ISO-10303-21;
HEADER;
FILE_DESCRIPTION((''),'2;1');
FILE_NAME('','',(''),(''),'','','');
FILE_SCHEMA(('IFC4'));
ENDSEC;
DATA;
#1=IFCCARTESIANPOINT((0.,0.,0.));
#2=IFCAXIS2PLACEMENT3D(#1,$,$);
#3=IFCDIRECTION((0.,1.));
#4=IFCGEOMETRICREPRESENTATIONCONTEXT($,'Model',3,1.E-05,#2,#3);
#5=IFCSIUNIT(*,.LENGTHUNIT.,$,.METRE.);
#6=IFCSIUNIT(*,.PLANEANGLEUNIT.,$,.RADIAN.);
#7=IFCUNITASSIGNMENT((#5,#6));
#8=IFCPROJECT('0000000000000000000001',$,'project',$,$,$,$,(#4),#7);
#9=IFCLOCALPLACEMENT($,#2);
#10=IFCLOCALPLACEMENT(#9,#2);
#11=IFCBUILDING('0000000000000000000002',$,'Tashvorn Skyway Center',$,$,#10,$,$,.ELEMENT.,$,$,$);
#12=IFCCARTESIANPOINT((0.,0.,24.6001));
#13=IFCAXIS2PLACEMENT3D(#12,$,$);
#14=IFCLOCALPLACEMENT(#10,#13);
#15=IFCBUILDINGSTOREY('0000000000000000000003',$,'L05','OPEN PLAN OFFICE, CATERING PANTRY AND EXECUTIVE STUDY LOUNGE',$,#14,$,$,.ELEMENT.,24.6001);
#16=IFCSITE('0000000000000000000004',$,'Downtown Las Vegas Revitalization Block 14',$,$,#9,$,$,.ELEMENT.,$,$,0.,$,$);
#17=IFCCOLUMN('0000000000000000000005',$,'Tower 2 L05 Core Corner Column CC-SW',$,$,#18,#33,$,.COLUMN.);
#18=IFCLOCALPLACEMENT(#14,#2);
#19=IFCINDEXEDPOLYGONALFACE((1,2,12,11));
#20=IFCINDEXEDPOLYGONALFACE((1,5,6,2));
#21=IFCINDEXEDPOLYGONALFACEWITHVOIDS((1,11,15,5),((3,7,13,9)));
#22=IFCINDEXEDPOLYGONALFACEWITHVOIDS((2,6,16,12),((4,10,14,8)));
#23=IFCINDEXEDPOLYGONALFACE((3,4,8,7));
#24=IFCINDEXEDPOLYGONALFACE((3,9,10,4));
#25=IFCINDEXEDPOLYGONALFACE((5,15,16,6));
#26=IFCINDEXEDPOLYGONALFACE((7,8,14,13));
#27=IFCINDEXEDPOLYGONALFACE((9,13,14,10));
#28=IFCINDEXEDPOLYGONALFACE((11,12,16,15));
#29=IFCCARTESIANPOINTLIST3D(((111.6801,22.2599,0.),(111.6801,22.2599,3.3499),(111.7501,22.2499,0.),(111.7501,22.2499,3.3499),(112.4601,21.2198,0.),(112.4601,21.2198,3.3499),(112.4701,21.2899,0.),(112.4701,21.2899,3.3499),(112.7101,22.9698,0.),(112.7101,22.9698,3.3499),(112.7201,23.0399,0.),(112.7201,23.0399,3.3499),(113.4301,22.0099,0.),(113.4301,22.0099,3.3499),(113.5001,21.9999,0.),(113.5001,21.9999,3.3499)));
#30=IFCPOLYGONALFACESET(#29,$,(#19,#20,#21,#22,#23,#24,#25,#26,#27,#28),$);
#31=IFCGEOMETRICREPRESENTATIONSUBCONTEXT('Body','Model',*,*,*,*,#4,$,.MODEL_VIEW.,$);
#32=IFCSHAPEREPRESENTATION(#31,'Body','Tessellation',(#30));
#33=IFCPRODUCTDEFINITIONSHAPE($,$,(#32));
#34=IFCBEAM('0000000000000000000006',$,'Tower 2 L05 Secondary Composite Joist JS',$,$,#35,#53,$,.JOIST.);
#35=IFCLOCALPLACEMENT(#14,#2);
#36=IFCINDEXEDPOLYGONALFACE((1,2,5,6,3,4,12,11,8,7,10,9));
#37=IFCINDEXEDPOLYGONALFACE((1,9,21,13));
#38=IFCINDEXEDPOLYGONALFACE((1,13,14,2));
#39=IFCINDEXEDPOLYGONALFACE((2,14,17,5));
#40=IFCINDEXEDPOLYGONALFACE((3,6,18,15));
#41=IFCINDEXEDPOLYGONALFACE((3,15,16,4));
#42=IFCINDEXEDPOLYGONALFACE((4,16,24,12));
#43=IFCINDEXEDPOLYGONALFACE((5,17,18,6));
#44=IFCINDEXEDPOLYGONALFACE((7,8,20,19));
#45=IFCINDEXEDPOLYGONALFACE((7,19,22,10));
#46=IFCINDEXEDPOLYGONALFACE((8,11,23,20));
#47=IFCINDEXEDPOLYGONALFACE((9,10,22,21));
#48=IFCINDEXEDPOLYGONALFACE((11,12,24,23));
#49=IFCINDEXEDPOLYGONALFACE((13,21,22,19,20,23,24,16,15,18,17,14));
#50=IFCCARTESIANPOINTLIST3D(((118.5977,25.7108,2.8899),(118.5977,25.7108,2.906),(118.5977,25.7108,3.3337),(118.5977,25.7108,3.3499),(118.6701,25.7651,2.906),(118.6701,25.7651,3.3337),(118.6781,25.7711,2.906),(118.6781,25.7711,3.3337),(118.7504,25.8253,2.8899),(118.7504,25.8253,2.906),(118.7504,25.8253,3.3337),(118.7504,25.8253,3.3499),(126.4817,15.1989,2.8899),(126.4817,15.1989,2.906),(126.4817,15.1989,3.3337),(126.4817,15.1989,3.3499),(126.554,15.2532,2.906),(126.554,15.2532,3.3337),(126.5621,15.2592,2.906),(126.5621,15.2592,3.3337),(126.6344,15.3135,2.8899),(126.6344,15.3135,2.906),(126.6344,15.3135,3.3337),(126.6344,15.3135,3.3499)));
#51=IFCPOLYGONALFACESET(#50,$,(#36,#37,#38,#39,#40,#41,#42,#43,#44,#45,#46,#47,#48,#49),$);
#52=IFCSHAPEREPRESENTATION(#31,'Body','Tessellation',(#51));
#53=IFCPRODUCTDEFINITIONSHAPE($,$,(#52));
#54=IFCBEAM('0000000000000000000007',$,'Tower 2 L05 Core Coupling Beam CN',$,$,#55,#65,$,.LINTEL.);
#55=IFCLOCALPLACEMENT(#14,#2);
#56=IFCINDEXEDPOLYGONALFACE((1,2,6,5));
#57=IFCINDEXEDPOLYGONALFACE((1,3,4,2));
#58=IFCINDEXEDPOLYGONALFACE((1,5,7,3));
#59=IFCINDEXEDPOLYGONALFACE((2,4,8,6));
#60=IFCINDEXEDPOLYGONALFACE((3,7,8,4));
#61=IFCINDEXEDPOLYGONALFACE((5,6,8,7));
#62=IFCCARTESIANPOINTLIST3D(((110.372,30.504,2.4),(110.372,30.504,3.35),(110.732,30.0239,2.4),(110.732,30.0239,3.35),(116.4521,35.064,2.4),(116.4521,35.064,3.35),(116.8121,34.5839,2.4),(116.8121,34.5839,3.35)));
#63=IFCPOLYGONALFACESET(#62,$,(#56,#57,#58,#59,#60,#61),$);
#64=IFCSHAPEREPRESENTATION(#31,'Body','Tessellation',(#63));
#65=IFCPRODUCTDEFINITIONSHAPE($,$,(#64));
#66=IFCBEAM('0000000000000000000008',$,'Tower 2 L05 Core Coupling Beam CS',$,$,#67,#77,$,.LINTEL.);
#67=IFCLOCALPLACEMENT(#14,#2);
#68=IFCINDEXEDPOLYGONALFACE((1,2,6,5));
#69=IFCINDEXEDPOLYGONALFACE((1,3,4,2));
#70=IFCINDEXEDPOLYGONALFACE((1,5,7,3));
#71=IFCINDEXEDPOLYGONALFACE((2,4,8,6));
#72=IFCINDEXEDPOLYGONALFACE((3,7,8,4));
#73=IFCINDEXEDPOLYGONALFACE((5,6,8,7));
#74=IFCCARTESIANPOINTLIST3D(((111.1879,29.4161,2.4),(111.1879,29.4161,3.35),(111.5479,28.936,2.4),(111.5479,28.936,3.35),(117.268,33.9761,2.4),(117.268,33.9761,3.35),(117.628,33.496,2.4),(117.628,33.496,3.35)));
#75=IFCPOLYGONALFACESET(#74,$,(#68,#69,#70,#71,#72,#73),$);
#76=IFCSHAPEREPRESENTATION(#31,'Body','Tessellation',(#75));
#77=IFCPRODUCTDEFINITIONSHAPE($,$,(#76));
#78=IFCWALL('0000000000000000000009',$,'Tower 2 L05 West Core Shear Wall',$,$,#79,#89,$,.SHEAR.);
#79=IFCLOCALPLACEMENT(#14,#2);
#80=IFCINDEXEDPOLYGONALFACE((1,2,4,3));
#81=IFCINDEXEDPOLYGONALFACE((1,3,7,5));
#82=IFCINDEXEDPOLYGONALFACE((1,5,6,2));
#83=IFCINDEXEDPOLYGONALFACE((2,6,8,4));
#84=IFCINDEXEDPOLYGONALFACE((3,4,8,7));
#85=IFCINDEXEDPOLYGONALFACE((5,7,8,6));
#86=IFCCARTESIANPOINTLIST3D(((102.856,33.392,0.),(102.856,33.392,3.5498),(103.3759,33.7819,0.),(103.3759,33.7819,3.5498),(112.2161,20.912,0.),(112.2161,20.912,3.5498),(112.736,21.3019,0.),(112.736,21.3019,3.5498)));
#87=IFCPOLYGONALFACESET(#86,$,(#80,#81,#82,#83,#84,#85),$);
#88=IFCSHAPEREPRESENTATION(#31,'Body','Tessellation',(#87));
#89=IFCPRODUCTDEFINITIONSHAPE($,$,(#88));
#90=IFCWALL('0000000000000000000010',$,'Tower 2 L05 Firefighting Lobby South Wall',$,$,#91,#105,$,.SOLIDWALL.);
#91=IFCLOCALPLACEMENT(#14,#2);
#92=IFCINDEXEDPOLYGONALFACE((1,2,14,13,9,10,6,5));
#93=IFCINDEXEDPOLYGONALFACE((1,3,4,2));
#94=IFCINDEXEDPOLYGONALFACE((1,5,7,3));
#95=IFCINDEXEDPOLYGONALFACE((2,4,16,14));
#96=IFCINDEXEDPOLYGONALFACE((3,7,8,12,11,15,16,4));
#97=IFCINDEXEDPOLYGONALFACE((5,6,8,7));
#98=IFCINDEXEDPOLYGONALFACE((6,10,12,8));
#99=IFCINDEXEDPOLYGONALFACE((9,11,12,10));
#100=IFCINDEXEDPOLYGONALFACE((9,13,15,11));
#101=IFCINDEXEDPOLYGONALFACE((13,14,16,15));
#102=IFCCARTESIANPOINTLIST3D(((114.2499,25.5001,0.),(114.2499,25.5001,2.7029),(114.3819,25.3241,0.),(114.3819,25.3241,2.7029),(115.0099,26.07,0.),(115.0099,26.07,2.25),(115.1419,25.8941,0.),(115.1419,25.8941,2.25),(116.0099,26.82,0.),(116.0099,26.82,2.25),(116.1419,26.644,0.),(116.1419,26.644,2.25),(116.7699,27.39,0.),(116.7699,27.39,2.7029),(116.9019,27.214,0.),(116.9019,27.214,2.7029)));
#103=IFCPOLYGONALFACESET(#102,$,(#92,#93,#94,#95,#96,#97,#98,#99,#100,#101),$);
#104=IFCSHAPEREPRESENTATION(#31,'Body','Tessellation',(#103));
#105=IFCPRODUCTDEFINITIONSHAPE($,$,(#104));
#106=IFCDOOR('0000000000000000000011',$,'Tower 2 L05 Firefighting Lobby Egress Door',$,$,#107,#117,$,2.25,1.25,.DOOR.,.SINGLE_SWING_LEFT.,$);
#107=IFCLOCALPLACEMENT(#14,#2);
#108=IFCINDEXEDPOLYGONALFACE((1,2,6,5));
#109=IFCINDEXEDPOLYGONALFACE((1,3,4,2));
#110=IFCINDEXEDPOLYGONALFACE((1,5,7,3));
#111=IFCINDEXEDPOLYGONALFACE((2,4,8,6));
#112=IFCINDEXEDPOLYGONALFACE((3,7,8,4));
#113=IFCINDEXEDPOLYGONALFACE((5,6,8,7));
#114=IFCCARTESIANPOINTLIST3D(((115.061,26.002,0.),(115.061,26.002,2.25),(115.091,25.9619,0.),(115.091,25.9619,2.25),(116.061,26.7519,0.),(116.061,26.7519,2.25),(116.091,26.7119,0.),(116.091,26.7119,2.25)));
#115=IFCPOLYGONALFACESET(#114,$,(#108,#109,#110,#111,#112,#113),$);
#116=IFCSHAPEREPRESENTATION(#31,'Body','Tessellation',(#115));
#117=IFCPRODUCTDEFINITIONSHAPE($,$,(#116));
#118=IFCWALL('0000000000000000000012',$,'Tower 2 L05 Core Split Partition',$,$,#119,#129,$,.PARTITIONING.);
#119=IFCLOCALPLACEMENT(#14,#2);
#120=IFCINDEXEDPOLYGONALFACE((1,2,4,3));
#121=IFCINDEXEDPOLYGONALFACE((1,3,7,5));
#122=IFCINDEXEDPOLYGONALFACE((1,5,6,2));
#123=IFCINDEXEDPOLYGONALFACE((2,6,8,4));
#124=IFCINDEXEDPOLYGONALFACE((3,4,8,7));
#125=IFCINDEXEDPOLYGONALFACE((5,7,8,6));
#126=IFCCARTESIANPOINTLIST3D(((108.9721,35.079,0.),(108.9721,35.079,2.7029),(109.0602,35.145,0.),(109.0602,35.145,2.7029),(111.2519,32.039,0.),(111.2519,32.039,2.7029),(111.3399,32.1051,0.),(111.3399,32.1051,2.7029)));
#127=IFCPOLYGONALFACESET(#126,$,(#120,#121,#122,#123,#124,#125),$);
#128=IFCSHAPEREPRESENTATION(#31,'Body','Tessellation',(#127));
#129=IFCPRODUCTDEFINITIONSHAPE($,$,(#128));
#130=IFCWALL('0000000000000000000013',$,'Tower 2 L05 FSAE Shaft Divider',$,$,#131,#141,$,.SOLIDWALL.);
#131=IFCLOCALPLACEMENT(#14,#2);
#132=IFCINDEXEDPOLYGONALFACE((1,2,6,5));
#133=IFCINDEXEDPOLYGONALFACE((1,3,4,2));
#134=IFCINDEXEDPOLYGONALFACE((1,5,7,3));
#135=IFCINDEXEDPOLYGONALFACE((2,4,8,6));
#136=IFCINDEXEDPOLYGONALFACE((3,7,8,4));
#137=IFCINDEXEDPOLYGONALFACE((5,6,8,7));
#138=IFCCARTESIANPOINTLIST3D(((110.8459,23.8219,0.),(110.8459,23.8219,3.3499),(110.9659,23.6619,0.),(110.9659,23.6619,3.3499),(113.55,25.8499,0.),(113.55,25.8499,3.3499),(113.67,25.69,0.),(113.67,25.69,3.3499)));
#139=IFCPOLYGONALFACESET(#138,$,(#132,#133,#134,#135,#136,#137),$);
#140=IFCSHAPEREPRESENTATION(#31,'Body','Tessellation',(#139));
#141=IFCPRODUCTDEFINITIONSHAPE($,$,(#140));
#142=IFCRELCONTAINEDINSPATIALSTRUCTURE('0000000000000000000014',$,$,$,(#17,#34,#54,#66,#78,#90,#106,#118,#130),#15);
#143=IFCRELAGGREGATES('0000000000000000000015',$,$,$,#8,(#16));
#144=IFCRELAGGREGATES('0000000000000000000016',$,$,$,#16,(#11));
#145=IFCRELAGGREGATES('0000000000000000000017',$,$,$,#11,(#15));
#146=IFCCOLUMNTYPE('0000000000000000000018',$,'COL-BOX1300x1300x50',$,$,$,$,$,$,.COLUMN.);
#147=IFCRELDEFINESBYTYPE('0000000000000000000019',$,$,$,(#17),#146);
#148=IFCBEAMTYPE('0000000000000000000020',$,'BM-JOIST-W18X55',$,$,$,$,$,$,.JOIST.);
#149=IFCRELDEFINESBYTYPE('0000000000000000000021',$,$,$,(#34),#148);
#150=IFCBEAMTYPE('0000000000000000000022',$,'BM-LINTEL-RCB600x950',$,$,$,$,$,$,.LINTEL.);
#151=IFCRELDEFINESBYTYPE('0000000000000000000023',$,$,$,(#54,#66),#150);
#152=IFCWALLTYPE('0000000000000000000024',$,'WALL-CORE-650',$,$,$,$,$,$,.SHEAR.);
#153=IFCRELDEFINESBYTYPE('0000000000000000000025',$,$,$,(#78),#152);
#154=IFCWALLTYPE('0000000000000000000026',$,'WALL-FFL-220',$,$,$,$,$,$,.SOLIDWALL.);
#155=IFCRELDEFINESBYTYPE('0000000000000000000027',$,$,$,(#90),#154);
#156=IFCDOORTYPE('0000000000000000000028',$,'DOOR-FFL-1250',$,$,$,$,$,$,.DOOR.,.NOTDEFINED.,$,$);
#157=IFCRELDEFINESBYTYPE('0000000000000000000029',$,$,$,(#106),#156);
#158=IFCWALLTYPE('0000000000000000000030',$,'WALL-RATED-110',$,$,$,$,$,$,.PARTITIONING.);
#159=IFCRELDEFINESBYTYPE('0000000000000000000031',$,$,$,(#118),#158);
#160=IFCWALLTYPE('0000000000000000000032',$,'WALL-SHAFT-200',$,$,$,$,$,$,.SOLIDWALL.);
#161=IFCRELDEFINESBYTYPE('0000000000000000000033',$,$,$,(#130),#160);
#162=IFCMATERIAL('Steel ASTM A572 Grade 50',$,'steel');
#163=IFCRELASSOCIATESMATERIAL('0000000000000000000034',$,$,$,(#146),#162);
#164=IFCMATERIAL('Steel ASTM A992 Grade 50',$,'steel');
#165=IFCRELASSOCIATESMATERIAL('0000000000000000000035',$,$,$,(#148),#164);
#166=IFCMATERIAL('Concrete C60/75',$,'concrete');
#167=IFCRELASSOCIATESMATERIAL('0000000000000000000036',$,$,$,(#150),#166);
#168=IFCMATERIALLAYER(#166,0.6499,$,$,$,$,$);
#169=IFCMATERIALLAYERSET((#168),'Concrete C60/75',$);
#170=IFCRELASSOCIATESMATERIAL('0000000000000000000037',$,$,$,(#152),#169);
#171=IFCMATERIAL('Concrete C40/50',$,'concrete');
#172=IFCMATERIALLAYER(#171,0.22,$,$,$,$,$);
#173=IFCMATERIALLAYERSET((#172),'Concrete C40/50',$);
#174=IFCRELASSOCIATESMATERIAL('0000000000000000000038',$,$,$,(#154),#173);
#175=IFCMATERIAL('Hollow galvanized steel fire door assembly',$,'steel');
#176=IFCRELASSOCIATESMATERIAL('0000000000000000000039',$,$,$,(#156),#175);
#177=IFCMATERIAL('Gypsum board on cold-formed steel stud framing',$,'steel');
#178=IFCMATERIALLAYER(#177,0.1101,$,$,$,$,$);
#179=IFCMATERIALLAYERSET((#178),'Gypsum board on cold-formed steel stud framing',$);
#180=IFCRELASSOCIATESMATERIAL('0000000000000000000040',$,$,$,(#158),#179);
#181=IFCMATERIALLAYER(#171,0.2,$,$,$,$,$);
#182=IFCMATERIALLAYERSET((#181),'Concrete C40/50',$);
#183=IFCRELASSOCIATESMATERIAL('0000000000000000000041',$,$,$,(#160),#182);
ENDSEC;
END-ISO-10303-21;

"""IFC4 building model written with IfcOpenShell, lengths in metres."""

from ifc_helpers import new_model, si_unit, direction, frame, frame_2d, origin, origin_2d, place, context, subcontext, project, spatial, rectangle, hollow_rectangle, i_section, extrude, material, layer, layer_set, material_profile, profile_set, type_object, element, fill, save


model = new_model("IFC4")

# Units and contexts
model_context = context("Model", 3, precision=1e-05, world=origin(), true_north=direction((0.0, 1.0)))
body_context = subcontext(model_context, "Body", "Model", "MODEL_VIEW")
ifc_project = project(units=[si_unit("LENGTHUNIT", "METRE"), si_unit("PLANEANGLEUNIT", "RADIAN")], contexts=[model_context])

# Site, building, storey
site_placement = place(None, origin())
site = spatial("IfcSite", under=ifc_project, at=site_placement, Name="Downtown Las Vegas Revitalization Block 14", CompositionType="ELEMENT", RefElevation=0.0)
building_placement = place(site_placement, origin())
building = spatial("IfcBuilding", under=site, at=building_placement, Name="Tashvorn Skyway Center", CompositionType="ELEMENT")
storey_placement = place(building_placement, frame((0.0, 0.0, 24.6001)))
storey = spatial("IfcBuildingStorey", under=building, at=storey_placement, Name="L05", Description="OPEN PLAN OFFICE, CATERING PANTRY AND EXECUTIVE STUDY LOUNGE", CompositionType="ELEMENT", Elevation=24.6001)

# Column
ifc_material_1 = material(Name="Steel ASTM A572 Grade 50", Category="steel")
ifc_material_profile_1 = material_profile(ifc_material_1, hollow_rectangle(XDim=1.3, YDim=1.3, WallThickness=0.05, at=origin_2d()), Name="BOX1300x1300x50")
ifc_profile_set_1 = profile_set([ifc_material_profile_1], Name="Steel ASTM A572 Grade 50")
column_type = type_object("IfcColumnType", Name="COL-BOX1300x1300x50", PredefinedType="COLUMN", material=ifc_profile_set_1)
column_placement = place(storey_placement, frame((112.5901, 22.1299, 0.0), z_axis=(0.0, 0.0, 1.0), x_axis=(0.8, 0.6, 0.0)))
element("IfcColumn", 1, at=column_placement, inside=storey, type_object=column_type, Name="Tower 2 L05 Core Corner Column CC-SW", PredefinedType="COLUMN", context=body_context, shape_type="SweptSolid", body=[
    extrude(hollow_rectangle(XDim=1.3, YDim=1.3, WallThickness=0.05, at=origin_2d()), origin(), (0.0, 0.0, 1.0), 3.3499),
])

# Beams
ifc_material_2 = material(Name="Steel ASTM A992 Grade 50", Category="steel")
ifc_material_profile_2 = material_profile(ifc_material_2, i_section(OverallWidth=0.1909, OverallDepth=0.46, WebThickness=0.01, FlangeThickness=0.0161, at=origin_2d()), Name="W18X55")
ifc_profile_set_2 = profile_set([ifc_material_profile_2], Name="Steel ASTM A992 Grade 50")
beam_type_1 = type_object("IfcBeamType", Name="BM-JOIST-W18X55", PredefinedType="JOIST", material=ifc_profile_set_2)
beam_placement = place(storey_placement, frame((118.6741, 25.7681, 3.1199), z_axis=(0.600003, -0.799998, 0.0), x_axis=(0.799998, 0.600003, 0.0)))
element("IfcBeam", 2, at=beam_placement, inside=storey, type_object=beam_type_1, Name="Tower 2 L05 Secondary Composite Joist JS", PredefinedType="JOIST", context=body_context, shape_type="SweptSolid", body=[
    extrude(i_section(OverallWidth=0.1909, OverallDepth=0.46, WebThickness=0.01, FlangeThickness=0.0161, at=origin_2d()), origin(), (0.0, 0.0, 1.0), 13.1399),
])
ifc_material_3 = material(Name="Concrete C60/75", Category="concrete")
ifc_material_profile_3 = material_profile(ifc_material_3, rectangle(XDim=0.6001, YDim=0.95, at=origin_2d()), Name="RCB600x950")
ifc_profile_set_3 = profile_set([ifc_material_profile_3], Name="Concrete C60/75")
beam_type_2 = type_object("IfcBeamType", Name="BM-LINTEL-RCB600x950", PredefinedType="LINTEL", material=ifc_profile_set_3)
for number, where, z_axis, x_axis, name in (
    (3, (110.552, 30.2639, 2.875), (0.8, 0.6, 0.0), (-0.6, 0.8, 0.0), "Tower 2 L05 Core Coupling Beam CN"),
    (4, (111.3679, 29.176, 2.875), (0.8, 0.6, 0.0), (-0.6, 0.8, 0.0), "Tower 2 L05 Core Coupling Beam CS"),
):
    element("IfcBeam", number, at=place(storey_placement, frame(where, z_axis=z_axis, x_axis=x_axis)), inside=storey, type_object=beam_type_2, Name=name, PredefinedType="LINTEL", context=body_context, shape_type="SweptSolid", body=[
        extrude(rectangle(XDim=0.6001, YDim=0.95, at=origin_2d()), origin(), (0.0, 0.0, 1.0), 7.6001),
    ])

# Wall
ifc_layer_1 = layer(ifc_material_3, 0.6499)
ifc_layer_set_1 = layer_set([ifc_layer_1], Name="Concrete C60/75")
wall_type_1 = type_object("IfcWallType", Name="WALL-CORE-650", PredefinedType="SHEAR", material=ifc_layer_set_1)
wall_1_placement = place(storey_placement, frame((112.4761, 21.1069, 0.0), z_axis=(0.0, 0.0, 1.0), x_axis=(-0.600005, 0.799996, 0.0)))
element("IfcWall", 5, at=wall_1_placement, inside=storey, type_object=wall_type_1, Name="Tower 2 L05 West Core Shear Wall", PredefinedType="SHEAR", context=body_context, shape_type="SweptSolid", body=[
    extrude(rectangle(XDim=15.6001, YDim=0.6499, at=frame_2d((7.8, 0.0))), origin(), (0.0, 0.0, 1.0), 3.5498),
])

# Wall, opening, door
ifc_material_4 = material(Name="Concrete C40/50", Category="concrete")
ifc_layer_2 = layer(ifc_material_4, 0.22)
ifc_layer_set_2 = layer_set([ifc_layer_2], Name="Concrete C40/50")
wall_type_2 = type_object("IfcWallType", Name="WALL-FFL-220", PredefinedType="SOLIDWALL", material=ifc_layer_set_2)
wall_2_placement = place(storey_placement, frame((114.3159, 25.4121, 0.0), z_axis=(0.0, 0.0, 1.0), x_axis=(0.800019, 0.599975, 0.0)))
wall_2 = element("IfcWall", 6, at=wall_2_placement, inside=storey, type_object=wall_type_2, Name="Tower 2 L05 Firefighting Lobby South Wall", PredefinedType="SOLIDWALL", context=body_context, shape_type="SweptSolid", body=[
    extrude(rectangle(XDim=3.1499, YDim=0.22, at=frame_2d((1.575, 0.0))), origin(), (0.0, 0.0, 1.0), 2.7029),
])
opening_1_placement = place(wall_2_placement, frame((0.95, 0.0, 0.0)))
opening_1 = element("IfcOpeningElement", 7, at=opening_1_placement, cuts=wall_2, PredefinedType="OPENING", context=body_context, shape_type="SweptSolid", body=[
    extrude(rectangle(XDim=1.25, YDim=2.25, at=frame_2d((0.625, 1.125))), frame((0.0, 0.1199, 0.0), z_axis=(0.0, -1.0, 0.0), x_axis=(1.0, 0.0, 0.0)), (0.0, 0.0, 1.0), 0.24),
])
ifc_material_5 = material(Name="Hollow galvanized steel fire door assembly", Category="steel")
door_type_1 = type_object("IfcDoorType", Name="DOOR-FFL-1250", OperationType="NOTDEFINED", PredefinedType="DOOR", material=ifc_material_5)
door_1_placement = place(opening_1_placement, origin())
door_1 = element("IfcDoor", 8, at=door_1_placement, inside=storey, type_object=door_type_1, Name="Tower 2 L05 Firefighting Lobby Egress Door", OperationType="SINGLE_SWING_LEFT", OverallHeight=2.25, OverallWidth=1.25, PredefinedType="DOOR", context=body_context, shape_type="SweptSolid", body=[
    extrude(rectangle(XDim=1.25, YDim=2.25, at=frame_2d((0.625, 1.125))), frame((0.0, 0.0249, 0.0), z_axis=(0.0, -1.0, 0.0), x_axis=(1.0, 0.0, 0.0)), (0.0, 0.0, 1.0), 0.05),
])
fill(opening_1, door_1)

# Walls
ifc_material_6 = material(Name="Gypsum board on cold-formed steel stud framing", Category="steel")
ifc_layer_3 = layer(ifc_material_6, 0.1101)
ifc_layer_set_3 = layer_set([ifc_layer_3], Name="Gypsum board on cold-formed steel stud framing")
wall_type_3 = type_object("IfcWallType", Name="WALL-RATED-110", PredefinedType="PARTITIONING", material=ifc_layer_set_3)
wall_3_placement = place(storey_placement, frame((111.2959, 32.072, 0.0), z_axis=(0.0, 0.0, 1.0), x_axis=(-0.599959, 0.800031, 0.0)))
element("IfcWall", 9, at=wall_3_placement, inside=storey, type_object=wall_type_3, Name="Tower 2 L05 Core Split Partition", PredefinedType="PARTITIONING", context=body_context, shape_type="SweptSolid", body=[
    extrude(rectangle(XDim=3.7998, YDim=0.1101, at=frame_2d((1.8999, 0.0))), origin(), (0.0, 0.0, 1.0), 2.7029),
])
ifc_layer_4 = layer(ifc_material_4, 0.2)
ifc_layer_set_4 = layer_set([ifc_layer_4], Name="Concrete C40/50")
wall_type_4 = type_object("IfcWallType", Name="WALL-SHAFT-200", PredefinedType="SOLIDWALL", material=ifc_layer_set_4)
wall_4_placement = place(storey_placement, frame((110.906, 23.7419, 0.0), z_axis=(0.0, 0.0, 1.0), x_axis=(0.8, 0.6, 0.0)))
element("IfcWall", 10, at=wall_4_placement, inside=storey, type_object=wall_type_4, Name="Tower 2 L05 FSAE Shaft Divider", PredefinedType="SOLIDWALL", context=body_context, shape_type="SweptSolid", body=[
    extrude(rectangle(XDim=3.3801, YDim=0.2, at=frame_2d((1.6899, 0.0))), origin(), (0.0, 0.0, 1.0), 3.3499),
])

save(model, "model.ifc")
